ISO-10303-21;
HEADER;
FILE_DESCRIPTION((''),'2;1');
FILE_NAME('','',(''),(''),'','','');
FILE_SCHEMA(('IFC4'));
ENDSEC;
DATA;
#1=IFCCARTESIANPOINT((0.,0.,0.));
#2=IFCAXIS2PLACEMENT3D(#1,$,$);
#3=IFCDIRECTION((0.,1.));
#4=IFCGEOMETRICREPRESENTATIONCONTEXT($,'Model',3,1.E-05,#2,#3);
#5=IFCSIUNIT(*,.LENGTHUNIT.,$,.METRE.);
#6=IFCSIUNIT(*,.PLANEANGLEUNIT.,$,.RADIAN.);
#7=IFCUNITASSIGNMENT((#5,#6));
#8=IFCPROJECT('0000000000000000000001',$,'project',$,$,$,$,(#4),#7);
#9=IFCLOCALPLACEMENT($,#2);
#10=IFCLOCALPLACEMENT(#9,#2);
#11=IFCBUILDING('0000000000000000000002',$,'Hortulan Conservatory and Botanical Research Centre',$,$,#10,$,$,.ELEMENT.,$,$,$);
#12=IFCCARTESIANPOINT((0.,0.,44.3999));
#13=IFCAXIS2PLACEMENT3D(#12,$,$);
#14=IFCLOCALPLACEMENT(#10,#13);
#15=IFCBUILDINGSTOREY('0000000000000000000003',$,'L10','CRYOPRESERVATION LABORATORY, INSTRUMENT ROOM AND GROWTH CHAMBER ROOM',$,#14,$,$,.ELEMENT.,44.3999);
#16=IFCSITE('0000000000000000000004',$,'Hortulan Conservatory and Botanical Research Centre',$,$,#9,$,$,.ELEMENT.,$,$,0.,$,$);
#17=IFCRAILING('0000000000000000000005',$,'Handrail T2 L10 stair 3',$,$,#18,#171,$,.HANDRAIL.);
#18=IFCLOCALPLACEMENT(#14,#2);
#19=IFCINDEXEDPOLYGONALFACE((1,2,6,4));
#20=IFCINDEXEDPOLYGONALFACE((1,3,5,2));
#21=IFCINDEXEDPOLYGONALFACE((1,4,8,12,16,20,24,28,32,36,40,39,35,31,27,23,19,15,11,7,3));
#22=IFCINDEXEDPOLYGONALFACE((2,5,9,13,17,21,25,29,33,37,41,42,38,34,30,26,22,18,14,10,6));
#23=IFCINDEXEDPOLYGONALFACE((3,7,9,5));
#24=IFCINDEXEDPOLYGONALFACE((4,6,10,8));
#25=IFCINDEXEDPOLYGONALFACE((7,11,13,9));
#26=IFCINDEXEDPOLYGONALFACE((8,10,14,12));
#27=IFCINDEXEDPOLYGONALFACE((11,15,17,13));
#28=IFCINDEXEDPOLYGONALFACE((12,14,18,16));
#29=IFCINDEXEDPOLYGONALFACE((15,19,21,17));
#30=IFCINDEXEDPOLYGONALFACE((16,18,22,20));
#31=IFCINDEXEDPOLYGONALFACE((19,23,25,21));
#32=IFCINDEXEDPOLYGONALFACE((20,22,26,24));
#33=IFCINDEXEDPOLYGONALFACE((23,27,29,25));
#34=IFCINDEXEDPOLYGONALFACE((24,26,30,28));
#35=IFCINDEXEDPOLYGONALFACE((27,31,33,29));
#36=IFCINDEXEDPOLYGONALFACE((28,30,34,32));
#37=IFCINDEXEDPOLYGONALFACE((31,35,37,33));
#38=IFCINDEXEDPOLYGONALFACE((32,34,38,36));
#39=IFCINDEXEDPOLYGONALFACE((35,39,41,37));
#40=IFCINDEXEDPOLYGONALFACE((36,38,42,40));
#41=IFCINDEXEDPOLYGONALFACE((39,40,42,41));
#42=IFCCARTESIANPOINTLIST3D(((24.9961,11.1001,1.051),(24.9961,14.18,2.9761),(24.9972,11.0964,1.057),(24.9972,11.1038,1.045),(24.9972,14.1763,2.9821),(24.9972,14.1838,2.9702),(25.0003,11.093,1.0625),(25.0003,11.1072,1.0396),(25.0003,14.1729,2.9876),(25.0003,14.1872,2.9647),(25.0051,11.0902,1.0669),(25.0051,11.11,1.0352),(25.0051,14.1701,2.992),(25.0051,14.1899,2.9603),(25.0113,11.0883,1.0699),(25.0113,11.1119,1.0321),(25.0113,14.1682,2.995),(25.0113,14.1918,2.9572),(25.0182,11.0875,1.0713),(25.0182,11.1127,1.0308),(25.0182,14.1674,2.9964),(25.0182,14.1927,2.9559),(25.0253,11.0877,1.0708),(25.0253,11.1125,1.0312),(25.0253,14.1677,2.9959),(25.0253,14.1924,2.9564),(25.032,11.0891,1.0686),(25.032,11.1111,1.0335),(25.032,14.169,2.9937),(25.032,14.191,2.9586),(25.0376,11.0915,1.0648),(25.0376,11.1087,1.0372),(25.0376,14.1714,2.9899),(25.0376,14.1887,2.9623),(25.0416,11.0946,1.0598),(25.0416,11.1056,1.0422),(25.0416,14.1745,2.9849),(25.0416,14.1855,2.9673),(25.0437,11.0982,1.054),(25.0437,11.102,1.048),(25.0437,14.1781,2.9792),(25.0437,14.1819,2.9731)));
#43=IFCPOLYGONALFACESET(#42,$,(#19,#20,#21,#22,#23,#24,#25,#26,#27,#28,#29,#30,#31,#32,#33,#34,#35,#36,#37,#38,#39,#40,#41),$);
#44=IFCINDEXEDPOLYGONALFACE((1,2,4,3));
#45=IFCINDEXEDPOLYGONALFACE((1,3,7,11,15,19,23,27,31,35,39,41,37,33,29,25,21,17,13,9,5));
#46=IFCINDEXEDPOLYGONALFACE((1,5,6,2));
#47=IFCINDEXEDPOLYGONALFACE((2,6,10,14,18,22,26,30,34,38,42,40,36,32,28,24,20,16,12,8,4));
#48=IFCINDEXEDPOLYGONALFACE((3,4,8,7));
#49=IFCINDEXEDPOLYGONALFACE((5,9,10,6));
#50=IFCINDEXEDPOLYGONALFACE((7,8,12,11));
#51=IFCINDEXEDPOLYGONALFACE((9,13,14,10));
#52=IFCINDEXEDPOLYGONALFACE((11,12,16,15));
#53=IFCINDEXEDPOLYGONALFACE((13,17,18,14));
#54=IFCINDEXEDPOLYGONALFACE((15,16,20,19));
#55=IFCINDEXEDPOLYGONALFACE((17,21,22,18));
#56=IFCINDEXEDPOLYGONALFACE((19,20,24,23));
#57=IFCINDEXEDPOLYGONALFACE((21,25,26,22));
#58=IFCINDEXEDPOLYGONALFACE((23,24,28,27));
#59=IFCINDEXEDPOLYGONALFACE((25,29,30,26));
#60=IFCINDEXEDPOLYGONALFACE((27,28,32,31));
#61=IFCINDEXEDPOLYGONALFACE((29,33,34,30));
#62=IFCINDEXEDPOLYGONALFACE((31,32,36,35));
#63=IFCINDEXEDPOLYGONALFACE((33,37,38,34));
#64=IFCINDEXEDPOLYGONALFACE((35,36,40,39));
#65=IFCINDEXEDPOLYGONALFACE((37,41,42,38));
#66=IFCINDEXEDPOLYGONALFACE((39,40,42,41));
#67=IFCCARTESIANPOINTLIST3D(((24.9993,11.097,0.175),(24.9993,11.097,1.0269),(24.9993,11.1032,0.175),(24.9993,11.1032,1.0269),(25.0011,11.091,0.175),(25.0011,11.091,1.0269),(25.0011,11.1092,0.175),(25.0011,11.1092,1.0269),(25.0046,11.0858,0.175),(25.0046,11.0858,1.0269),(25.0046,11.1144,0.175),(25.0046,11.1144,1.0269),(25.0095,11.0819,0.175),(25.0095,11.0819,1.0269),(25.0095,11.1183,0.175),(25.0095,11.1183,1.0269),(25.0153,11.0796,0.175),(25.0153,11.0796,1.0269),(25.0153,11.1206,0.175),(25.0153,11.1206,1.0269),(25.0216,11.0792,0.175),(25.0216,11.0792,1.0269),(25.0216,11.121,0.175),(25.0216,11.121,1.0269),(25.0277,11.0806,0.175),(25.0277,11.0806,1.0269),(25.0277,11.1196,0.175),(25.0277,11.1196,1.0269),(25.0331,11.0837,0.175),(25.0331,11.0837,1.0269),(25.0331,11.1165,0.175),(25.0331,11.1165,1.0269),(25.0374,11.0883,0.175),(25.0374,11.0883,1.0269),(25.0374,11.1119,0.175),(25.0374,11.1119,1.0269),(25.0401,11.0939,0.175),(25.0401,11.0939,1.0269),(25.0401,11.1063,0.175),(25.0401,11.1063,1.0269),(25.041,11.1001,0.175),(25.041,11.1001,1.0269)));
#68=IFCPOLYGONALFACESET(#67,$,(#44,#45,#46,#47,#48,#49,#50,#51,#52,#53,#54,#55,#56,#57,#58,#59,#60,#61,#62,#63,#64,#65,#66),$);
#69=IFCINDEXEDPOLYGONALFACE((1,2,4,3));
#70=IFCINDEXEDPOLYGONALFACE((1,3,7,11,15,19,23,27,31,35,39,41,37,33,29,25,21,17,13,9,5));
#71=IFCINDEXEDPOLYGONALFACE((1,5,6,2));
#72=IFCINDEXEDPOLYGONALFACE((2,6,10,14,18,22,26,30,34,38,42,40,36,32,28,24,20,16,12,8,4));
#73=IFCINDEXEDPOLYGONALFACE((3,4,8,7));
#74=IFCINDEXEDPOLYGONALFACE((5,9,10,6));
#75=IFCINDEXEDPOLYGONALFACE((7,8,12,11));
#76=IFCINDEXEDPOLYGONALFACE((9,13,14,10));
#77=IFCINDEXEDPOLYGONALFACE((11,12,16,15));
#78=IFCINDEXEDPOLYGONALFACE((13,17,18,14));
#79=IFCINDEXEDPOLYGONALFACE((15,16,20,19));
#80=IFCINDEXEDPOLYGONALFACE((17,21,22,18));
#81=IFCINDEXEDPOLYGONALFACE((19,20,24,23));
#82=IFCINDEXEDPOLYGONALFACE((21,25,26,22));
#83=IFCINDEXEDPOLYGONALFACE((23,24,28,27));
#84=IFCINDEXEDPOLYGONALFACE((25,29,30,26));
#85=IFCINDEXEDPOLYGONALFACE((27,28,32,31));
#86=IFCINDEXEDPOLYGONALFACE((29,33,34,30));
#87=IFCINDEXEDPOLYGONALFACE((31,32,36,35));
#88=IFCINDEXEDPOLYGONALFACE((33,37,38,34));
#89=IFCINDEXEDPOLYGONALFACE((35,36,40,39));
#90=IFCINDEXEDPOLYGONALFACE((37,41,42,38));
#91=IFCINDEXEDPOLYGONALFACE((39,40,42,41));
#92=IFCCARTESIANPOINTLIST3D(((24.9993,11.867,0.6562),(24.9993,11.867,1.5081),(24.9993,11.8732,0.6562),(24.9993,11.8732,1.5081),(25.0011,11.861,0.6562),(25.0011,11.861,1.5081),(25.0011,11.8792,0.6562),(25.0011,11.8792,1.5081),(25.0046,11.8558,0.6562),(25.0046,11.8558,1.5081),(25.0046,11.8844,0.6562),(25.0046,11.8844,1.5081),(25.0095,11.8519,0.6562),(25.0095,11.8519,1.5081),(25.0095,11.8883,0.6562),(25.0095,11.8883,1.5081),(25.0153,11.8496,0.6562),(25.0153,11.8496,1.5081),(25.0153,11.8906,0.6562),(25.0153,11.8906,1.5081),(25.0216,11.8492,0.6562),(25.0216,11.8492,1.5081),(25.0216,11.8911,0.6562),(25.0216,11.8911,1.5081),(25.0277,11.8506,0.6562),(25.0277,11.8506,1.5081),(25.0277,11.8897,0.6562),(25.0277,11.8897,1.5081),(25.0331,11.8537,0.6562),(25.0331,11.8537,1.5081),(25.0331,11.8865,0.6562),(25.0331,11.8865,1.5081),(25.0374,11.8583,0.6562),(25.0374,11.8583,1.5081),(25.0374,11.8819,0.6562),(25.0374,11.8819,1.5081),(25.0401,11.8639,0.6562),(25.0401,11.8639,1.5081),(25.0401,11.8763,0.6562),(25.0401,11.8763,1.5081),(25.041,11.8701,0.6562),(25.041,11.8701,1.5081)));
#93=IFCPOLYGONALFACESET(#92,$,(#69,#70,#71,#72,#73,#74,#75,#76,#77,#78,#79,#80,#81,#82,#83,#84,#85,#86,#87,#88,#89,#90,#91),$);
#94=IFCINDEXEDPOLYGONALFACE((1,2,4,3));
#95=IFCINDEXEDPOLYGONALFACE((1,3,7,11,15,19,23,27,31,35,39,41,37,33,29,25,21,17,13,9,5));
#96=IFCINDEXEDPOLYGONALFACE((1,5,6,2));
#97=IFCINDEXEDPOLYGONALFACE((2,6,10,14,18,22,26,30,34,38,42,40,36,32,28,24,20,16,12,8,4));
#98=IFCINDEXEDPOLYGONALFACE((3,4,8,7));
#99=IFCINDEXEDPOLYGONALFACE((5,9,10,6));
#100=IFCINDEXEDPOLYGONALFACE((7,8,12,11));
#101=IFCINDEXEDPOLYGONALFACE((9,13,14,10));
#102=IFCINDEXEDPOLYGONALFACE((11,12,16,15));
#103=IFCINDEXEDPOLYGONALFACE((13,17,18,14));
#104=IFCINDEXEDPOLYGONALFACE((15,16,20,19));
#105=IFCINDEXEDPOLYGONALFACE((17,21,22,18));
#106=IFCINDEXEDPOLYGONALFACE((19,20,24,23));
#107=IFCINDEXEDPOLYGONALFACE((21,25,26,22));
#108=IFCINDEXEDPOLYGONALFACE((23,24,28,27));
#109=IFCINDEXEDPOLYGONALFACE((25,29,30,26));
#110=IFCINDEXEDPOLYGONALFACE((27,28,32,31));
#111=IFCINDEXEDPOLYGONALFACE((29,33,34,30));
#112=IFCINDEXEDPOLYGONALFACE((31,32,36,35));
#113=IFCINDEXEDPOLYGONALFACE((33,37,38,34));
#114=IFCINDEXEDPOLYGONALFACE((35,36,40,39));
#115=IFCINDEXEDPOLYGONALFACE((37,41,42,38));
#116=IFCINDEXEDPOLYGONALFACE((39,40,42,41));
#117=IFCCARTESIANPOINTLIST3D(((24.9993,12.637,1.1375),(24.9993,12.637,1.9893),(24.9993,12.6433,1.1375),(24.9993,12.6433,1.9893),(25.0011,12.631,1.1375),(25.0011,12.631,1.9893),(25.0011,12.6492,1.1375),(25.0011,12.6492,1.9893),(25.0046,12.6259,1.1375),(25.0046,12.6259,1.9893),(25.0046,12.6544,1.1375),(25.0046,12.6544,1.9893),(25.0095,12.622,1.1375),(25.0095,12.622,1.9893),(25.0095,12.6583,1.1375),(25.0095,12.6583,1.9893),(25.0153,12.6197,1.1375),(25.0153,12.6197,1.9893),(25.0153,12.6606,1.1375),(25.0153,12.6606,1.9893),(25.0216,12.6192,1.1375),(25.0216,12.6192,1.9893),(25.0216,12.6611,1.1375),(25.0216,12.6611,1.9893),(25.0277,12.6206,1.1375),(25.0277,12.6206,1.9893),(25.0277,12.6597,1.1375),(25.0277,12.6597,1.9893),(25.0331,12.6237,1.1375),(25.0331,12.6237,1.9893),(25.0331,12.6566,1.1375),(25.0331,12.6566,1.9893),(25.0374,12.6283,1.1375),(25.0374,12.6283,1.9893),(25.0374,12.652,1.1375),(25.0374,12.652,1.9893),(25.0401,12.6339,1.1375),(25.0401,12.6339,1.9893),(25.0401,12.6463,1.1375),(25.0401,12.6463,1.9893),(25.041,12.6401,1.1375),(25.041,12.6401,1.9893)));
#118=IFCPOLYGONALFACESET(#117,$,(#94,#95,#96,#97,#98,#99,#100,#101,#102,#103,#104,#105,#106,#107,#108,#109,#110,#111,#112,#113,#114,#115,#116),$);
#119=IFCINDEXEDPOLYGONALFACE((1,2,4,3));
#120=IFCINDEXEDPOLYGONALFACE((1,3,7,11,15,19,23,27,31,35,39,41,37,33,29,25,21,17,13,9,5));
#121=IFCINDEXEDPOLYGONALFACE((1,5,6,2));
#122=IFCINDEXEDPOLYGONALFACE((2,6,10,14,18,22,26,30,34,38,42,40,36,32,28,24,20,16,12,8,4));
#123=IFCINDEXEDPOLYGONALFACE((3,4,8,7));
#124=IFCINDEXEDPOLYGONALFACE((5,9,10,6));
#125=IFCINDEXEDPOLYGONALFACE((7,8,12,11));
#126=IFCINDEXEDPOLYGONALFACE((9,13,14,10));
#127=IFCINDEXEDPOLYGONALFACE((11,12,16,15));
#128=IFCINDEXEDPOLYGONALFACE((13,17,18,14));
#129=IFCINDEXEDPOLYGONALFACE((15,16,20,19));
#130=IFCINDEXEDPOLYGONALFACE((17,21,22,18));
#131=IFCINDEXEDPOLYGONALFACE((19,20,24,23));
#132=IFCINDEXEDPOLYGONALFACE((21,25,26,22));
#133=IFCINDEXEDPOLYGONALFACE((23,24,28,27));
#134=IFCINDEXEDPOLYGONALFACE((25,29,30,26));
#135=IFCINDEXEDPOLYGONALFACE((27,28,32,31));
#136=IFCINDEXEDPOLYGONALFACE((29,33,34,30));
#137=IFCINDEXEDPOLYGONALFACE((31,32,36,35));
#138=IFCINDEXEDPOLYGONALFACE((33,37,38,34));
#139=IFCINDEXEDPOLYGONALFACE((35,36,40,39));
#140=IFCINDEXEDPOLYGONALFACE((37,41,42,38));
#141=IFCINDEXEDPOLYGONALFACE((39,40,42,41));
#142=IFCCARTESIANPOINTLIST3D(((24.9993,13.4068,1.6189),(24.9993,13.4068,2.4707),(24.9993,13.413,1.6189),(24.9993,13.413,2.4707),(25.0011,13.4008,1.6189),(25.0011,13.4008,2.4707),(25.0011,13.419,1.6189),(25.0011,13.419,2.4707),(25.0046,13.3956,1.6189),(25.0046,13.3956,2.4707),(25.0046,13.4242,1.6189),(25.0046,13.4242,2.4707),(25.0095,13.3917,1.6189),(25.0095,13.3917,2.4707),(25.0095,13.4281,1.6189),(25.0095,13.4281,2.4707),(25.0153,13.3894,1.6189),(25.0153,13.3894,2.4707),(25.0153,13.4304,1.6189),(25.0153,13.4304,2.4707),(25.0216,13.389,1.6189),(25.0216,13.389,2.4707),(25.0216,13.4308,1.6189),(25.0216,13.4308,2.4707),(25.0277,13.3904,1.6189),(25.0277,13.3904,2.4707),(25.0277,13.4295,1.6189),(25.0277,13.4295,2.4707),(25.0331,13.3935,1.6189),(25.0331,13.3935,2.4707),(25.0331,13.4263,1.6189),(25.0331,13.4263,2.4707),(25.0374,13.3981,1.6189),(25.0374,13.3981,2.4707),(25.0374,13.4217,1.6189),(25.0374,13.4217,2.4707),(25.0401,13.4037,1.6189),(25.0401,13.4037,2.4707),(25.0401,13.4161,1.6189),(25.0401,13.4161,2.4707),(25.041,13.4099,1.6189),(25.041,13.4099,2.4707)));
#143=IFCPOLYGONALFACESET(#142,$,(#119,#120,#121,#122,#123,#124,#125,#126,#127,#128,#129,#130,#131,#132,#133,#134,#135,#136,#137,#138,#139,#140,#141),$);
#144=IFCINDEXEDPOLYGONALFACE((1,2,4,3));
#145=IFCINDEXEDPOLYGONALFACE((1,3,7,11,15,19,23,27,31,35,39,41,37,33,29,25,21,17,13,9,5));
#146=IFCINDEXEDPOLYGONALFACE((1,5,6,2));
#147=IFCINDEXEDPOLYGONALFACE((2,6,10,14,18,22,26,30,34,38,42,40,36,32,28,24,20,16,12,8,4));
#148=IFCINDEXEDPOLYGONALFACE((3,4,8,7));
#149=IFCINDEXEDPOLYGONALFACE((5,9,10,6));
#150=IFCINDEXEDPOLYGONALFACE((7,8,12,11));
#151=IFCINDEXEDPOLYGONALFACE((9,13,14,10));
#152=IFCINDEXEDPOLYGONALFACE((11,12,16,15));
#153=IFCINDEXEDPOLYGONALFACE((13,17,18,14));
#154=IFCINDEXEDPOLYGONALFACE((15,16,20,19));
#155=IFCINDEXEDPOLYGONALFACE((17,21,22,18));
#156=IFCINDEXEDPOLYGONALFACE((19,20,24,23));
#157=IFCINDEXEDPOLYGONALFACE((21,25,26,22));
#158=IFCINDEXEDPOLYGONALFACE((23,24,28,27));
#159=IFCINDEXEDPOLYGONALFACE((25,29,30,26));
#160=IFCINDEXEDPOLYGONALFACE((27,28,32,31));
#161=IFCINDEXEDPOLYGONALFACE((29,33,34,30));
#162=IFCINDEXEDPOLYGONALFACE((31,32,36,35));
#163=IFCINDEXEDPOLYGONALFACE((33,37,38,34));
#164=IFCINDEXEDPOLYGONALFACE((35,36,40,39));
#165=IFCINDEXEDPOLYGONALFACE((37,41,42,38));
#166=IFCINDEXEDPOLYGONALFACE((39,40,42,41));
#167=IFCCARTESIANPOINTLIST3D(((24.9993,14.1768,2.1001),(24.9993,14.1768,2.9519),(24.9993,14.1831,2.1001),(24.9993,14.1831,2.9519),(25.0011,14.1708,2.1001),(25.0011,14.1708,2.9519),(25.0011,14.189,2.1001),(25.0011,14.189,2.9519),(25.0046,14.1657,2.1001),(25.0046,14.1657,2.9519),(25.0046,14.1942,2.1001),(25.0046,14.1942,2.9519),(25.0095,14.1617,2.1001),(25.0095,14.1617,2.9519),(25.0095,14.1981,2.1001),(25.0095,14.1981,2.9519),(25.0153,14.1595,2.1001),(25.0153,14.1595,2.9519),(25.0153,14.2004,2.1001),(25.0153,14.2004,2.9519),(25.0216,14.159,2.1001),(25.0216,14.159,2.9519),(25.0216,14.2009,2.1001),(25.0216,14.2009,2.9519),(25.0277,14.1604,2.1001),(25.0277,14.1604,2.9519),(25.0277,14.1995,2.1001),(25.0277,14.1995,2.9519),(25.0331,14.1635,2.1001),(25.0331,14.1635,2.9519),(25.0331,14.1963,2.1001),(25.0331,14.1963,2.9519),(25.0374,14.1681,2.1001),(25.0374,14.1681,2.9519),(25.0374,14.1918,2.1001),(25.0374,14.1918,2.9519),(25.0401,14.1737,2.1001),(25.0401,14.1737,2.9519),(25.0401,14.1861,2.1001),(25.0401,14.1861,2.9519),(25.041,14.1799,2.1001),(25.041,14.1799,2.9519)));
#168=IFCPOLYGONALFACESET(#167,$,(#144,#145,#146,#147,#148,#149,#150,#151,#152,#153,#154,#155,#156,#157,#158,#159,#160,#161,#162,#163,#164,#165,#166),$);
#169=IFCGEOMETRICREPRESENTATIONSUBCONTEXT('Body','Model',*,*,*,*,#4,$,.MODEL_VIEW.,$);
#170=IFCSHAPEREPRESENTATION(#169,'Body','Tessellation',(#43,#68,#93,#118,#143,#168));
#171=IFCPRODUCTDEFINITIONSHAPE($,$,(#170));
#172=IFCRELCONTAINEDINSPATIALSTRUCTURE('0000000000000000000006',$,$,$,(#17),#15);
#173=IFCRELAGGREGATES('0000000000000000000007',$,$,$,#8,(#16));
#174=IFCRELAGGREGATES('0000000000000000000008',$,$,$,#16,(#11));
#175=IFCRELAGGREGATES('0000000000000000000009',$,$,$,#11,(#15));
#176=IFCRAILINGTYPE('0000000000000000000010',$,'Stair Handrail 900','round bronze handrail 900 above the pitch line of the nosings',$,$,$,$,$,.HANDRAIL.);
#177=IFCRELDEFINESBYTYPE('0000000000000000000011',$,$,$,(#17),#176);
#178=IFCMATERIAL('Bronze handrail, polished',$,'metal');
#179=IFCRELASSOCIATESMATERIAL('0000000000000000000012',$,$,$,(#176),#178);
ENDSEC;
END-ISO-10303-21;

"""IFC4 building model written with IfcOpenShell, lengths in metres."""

from ifc_helpers import new_model, si_unit, direction, frame, origin, origin_2d, place, context, subcontext, project, spatial, circle, extrude, material, type_object, element, save


model = new_model("IFC4")

# Units and contexts
model_context = context("Model", 3, precision=1e-05, world=origin(), true_north=direction((0.0, 1.0)))
body_context = subcontext(model_context, "Body", "Model", "MODEL_VIEW")
ifc_project = project(units=[si_unit("LENGTHUNIT", "METRE"), si_unit("PLANEANGLEUNIT", "RADIAN")], contexts=[model_context])

# Site, building, storey
site_placement = place(None, origin())
site = spatial("IfcSite", under=ifc_project, at=site_placement, Name="Hortulan Conservatory and Botanical Research Centre", CompositionType="ELEMENT", RefElevation=0.0)
building_placement = place(site_placement, origin())
building = spatial("IfcBuilding", under=site, at=building_placement, Name="Hortulan Conservatory and Botanical Research Centre", CompositionType="ELEMENT")
storey_placement = place(building_placement, frame((0.0, 0.0, 44.3999)))
storey = spatial("IfcBuildingStorey", under=building, at=storey_placement, Name="L10", Description="CRYOPRESERVATION LABORATORY, INSTRUMENT ROOM AND GROWTH CHAMBER ROOM", CompositionType="ELEMENT", Elevation=44.3999)

# Railing
ifc_material_1 = material(Name="Bronze handrail, polished", Category="metal")
railing_type = type_object("IfcRailingType", Name="Stair Handrail 900", Description="round bronze handrail 900 above the pitch line of the nosings", PredefinedType="HANDRAIL", material=ifc_material_1)
for number, where, name in (
    (1, (25.02, 11.1001, 0.175), "Handrail T2 L10 stair 3"),
):
    element("IfcRailing", number, at=place(storey_placement, frame(where)), inside=storey, type_object=railing_type, Name=name, PredefinedType="HANDRAIL", context=body_context, shape_type="SweptSolid", body=[
        extrude(circle(Radius=0.0239, at=origin_2d()), frame((0.0, 0.0, 0.876), z_axis=(0.0, 0.847979, 0.530029), x_axis=(-1.0, 0.0, 0.0)), (0.0, 0.0, 1.0), 3.6321),
        extrude(circle(Radius=0.021, at=origin_2d()), origin(), (0.0, 0.0, 1.0), 0.8518),
        extrude(circle(Radius=0.021, at=origin_2d()), frame((0.0, 0.77, 0.4812)), (0.0, 0.0, 1.0), 0.8518),
        extrude(circle(Radius=0.021, at=origin_2d()), frame((0.0, 1.54, 0.9624)), (0.0, 0.0, 1.0), 0.8518),
        extrude(circle(Radius=0.021, at=origin_2d()), frame((0.0, 2.3098, 1.4438)), (0.0, 0.0, 1.0), 0.8518),
        extrude(circle(Radius=0.021, at=origin_2d()), frame((0.0, 3.0798, 1.925)), (0.0, 0.0, 1.0), 0.8518),
    ])

save(model, "model.ifc")
